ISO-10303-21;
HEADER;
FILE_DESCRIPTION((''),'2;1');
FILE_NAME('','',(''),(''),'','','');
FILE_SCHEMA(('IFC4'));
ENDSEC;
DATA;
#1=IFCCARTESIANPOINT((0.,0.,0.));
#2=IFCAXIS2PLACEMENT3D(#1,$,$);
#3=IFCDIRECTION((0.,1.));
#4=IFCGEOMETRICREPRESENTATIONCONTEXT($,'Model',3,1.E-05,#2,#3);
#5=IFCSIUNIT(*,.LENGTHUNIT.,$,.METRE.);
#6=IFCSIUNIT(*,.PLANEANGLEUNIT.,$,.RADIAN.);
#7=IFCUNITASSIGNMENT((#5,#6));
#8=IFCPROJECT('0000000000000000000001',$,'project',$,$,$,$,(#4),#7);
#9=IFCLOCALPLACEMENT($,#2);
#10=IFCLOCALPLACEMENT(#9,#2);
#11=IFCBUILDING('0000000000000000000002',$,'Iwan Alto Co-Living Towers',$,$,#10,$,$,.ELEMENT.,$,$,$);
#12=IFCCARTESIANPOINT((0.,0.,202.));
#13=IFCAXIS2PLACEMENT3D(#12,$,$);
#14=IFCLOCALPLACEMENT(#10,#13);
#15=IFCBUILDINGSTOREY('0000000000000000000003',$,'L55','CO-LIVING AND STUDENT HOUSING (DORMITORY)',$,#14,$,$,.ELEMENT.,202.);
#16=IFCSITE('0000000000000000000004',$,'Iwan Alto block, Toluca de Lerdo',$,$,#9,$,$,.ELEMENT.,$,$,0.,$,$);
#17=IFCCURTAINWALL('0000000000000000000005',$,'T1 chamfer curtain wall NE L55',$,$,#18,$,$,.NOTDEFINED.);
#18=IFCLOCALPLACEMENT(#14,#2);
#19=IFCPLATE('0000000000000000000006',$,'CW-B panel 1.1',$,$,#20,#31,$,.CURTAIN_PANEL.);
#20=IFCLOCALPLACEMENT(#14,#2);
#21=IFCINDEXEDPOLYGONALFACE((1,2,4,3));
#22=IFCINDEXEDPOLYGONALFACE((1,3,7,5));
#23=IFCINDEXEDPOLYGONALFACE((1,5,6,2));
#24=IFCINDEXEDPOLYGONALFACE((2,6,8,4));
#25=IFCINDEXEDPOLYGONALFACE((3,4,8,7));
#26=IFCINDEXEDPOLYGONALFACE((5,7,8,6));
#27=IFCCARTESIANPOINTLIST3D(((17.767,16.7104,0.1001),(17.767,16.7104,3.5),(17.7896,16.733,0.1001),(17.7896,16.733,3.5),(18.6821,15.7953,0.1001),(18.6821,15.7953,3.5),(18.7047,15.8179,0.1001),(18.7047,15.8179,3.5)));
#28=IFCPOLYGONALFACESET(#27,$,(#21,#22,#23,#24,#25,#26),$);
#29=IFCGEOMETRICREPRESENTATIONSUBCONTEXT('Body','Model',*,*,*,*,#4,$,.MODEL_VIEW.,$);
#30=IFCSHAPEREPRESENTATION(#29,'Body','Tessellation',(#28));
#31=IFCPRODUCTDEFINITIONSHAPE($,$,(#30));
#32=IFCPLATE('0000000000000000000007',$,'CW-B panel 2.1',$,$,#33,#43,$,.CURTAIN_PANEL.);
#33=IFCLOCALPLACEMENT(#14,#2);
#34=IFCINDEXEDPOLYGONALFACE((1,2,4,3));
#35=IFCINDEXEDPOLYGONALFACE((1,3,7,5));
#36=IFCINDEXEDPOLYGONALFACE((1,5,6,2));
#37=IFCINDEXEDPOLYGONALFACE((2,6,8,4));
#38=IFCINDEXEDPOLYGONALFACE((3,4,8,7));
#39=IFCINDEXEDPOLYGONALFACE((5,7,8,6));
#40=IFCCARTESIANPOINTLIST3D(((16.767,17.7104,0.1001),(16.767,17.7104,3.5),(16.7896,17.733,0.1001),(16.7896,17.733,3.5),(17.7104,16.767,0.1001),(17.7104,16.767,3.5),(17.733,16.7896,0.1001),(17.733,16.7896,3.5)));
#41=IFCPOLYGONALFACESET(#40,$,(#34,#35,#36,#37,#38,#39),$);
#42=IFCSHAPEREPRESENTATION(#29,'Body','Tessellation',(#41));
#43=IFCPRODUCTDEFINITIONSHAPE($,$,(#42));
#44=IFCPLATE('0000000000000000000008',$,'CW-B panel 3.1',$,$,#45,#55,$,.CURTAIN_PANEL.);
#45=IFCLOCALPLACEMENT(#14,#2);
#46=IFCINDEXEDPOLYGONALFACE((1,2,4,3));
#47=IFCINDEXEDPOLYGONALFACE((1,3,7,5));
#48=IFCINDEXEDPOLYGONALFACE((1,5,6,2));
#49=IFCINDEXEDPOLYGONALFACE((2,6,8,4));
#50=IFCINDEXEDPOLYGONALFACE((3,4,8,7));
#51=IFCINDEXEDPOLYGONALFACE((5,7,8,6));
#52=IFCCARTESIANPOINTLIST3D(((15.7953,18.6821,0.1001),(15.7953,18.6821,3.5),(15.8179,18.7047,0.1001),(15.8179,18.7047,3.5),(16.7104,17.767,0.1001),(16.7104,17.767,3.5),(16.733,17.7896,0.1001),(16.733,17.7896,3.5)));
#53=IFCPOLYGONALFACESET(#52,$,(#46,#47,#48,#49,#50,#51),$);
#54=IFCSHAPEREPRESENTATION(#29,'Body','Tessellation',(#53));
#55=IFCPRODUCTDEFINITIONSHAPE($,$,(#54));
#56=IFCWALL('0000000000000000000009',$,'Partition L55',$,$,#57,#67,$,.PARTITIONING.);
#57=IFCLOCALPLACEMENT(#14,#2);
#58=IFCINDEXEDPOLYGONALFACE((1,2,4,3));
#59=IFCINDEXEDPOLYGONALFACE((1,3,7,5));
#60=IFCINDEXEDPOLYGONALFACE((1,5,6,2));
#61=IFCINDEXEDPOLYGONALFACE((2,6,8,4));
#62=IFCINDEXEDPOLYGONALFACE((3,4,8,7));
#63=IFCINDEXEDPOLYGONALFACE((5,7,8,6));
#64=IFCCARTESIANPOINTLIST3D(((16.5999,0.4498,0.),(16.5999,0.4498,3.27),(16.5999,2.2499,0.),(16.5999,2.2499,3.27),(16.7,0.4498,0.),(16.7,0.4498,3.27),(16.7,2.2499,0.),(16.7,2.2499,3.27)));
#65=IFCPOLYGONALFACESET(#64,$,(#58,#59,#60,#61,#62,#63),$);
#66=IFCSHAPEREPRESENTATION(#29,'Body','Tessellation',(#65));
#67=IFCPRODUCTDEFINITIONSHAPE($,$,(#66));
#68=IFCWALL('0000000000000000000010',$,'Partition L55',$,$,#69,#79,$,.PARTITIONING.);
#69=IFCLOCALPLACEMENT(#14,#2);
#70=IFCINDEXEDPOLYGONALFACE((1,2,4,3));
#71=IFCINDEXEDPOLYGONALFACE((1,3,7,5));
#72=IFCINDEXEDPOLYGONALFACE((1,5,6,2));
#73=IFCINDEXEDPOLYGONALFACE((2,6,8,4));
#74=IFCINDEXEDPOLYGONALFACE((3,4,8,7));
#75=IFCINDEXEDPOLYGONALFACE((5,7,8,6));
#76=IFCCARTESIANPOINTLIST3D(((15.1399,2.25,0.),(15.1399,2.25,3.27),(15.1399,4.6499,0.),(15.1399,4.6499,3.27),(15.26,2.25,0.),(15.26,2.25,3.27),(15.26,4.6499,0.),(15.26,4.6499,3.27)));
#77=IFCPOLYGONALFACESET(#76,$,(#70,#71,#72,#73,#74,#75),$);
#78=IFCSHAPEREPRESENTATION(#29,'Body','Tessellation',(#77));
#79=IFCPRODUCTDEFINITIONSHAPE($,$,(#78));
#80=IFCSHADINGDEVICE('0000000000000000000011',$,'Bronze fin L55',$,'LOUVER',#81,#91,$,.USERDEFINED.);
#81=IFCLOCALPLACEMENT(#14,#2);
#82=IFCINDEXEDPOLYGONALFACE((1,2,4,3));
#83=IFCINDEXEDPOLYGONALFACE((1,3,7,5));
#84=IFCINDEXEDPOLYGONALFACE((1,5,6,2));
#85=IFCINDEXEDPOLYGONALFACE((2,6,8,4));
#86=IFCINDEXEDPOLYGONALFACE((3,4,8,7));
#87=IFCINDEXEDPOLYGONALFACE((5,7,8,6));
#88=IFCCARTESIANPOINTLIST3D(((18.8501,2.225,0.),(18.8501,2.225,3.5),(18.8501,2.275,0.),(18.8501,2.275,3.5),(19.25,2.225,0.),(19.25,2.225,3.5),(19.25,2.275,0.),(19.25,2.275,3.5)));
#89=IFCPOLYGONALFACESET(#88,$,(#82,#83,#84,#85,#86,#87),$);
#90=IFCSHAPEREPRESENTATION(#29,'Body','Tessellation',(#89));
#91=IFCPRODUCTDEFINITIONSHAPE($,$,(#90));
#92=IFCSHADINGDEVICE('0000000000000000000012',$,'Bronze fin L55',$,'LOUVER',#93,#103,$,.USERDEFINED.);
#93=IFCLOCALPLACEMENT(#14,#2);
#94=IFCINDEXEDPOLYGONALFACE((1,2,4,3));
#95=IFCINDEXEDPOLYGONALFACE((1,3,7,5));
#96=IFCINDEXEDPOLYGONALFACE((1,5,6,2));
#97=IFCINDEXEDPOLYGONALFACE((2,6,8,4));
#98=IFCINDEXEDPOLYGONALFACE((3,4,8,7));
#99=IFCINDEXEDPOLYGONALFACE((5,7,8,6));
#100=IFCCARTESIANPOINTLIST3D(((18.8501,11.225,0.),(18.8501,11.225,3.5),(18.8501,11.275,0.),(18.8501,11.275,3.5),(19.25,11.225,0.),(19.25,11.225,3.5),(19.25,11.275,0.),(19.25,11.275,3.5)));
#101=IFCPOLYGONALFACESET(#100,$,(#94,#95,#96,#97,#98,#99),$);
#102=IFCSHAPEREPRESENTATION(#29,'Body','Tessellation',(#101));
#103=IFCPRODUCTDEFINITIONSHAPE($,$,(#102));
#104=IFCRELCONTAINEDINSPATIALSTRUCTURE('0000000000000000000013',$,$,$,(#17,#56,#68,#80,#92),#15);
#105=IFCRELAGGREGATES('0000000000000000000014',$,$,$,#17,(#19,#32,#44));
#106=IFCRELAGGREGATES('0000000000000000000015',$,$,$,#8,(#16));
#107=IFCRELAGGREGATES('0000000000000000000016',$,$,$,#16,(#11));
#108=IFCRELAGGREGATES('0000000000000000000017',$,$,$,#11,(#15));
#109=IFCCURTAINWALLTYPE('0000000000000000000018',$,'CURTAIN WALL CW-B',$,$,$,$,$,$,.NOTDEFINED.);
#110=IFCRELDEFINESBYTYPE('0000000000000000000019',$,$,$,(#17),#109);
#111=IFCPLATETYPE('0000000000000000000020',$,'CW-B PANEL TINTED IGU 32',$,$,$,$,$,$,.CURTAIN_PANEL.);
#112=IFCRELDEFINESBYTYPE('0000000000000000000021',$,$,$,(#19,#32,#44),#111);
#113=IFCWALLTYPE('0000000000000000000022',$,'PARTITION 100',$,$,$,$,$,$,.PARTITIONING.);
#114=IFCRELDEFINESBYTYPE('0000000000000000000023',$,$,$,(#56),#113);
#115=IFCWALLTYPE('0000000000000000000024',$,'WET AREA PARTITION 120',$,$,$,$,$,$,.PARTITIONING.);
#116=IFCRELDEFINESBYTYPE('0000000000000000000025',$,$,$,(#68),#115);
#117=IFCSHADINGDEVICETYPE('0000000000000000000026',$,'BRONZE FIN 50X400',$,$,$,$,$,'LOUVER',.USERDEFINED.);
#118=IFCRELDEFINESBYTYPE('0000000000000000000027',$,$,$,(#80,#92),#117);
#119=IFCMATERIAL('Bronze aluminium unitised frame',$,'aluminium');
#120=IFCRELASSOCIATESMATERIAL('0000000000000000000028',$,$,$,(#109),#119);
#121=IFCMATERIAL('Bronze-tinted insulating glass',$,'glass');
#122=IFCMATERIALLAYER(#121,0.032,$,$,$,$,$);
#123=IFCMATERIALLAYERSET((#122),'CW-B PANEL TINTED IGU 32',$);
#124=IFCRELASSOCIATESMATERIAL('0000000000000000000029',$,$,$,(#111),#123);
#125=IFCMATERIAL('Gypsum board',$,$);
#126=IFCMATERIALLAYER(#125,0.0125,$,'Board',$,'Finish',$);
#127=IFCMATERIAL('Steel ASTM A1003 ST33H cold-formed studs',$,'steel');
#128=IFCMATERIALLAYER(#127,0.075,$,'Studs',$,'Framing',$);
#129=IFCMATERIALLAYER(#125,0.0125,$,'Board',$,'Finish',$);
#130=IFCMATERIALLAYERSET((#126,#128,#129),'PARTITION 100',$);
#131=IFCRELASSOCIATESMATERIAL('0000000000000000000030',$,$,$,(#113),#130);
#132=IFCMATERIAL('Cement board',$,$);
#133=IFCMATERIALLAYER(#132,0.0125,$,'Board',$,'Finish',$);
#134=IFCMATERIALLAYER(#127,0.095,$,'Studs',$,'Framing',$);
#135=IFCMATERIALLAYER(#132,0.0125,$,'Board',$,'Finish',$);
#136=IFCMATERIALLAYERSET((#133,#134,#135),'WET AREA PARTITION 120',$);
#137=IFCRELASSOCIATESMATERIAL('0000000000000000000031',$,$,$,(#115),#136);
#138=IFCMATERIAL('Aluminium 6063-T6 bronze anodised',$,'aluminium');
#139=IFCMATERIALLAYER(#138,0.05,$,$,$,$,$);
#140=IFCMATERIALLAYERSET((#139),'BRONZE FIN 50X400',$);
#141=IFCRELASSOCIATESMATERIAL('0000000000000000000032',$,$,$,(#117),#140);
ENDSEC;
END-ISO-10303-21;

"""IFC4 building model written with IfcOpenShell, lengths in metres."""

from ifc_helpers import new_model, si_unit, direction, frame, frame_2d, origin, origin_2d, place, context, subcontext, project, spatial, rectangle, extrude, material, layer, layer_set, type_object, element, aggregate, save


model = new_model("IFC4")

# Units and contexts
model_context = context("Model", 3, precision=1e-05, world=origin(), true_north=direction((0.0, 1.0)))
body_context = subcontext(model_context, "Body", "Model", "MODEL_VIEW")
ifc_project = project(units=[si_unit("LENGTHUNIT", "METRE"), si_unit("PLANEANGLEUNIT", "RADIAN")], contexts=[model_context])

# Site, building, storey
site_placement = place(None, origin())
site = spatial("IfcSite", under=ifc_project, at=site_placement, Name="Iwan Alto block, Toluca de Lerdo", CompositionType="ELEMENT", RefElevation=0.0)
building_placement = place(site_placement, origin())
building = spatial("IfcBuilding", under=site, at=building_placement, Name="Iwan Alto Co-Living Towers", CompositionType="ELEMENT")
storey_placement = place(building_placement, frame((0.0, 0.0, 202.0)))
storey = spatial("IfcBuildingStorey", under=building, at=storey_placement, Name="L55", Description="CO-LIVING AND STUDENT HOUSING (DORMITORY)", CompositionType="ELEMENT", Elevation=202.0)

# Curtain wall
ifc_material_1 = material(Name="Bronze aluminium unitised frame", Category="aluminium")
curtain_wall_type_1 = type_object("IfcCurtainWallType", Name="CURTAIN WALL CW-B", PredefinedType="NOTDEFINED", material=ifc_material_1)
curtain_wall_1_placement = place(storey_placement, origin())
curtain_wall_1 = element("IfcCurtainWall", 1, at=curtain_wall_1_placement, inside=storey, type_object=curtain_wall_type_1, Name="T1 chamfer curtain wall NE L55", PredefinedType="NOTDEFINED")

# Plates
ifc_material_2 = material(Name="Bronze-tinted insulating glass", Category="glass")
ifc_layer_1 = layer(ifc_material_2, 0.032)
ifc_layer_set_1 = layer_set([ifc_layer_1], Name="CW-B PANEL TINTED IGU 32")
plate_type_1 = type_object("IfcPlateType", Name="CW-B PANEL TINTED IGU 32", PredefinedType="CURTAIN_PANEL", material=ifc_layer_set_1)
plate_1_placement = place(storey_placement, frame((18.2358, 16.2642, 0.1001), z_axis=(0.0, 0.0, 1.0), x_axis=(-0.707107, 0.707107, 0.0)))
plate_1 = element("IfcPlate", 2, at=plate_1_placement, type_object=plate_type_1, Name="CW-B panel 1.1", PredefinedType="CURTAIN_PANEL", context=body_context, shape_type="SweptSolid", body=[
    extrude(rectangle(XDim=1.2942, YDim=0.032, at=origin_2d()), origin(), (0.0, 0.0, 1.0), 3.3999),
])
plate_2_placement = place(storey_placement, frame((17.25, 17.25, 0.1001), z_axis=(0.0, 0.0, 1.0), x_axis=(-0.707107, 0.707107, 0.0)))
plate_2 = element("IfcPlate", 3, at=plate_2_placement, type_object=plate_type_1, Name="CW-B panel 2.1", PredefinedType="CURTAIN_PANEL", context=body_context, shape_type="SweptSolid", body=[
    extrude(rectangle(XDim=1.3342, YDim=0.032, at=origin_2d()), origin(), (0.0, 0.0, 1.0), 3.3999),
])
plate_3_placement = place(storey_placement, frame((16.2642, 18.2358, 0.1001), z_axis=(0.0, 0.0, 1.0), x_axis=(-0.707107, 0.707107, 0.0)))
plate_3 = element("IfcPlate", 4, at=plate_3_placement, type_object=plate_type_1, Name="CW-B panel 3.1", PredefinedType="CURTAIN_PANEL", context=body_context, shape_type="SweptSolid", body=[
    extrude(rectangle(XDim=1.2942, YDim=0.032, at=origin_2d()), origin(), (0.0, 0.0, 1.0), 3.3999),
])
aggregate(curtain_wall_1, [plate_1, plate_2, plate_3])

# Walls
ifc_material_3 = material(Name="Gypsum board")
ifc_layer_2 = layer(ifc_material_3, 0.0125, Name="Board", Category="Finish")
ifc_material_4 = material(Name="Steel ASTM A1003 ST33H cold-formed studs", Category="steel")
ifc_layer_3 = layer(ifc_material_4, 0.075, Name="Studs", Category="Framing")
ifc_layer_4 = layer(ifc_material_3, 0.0125, Name="Board", Category="Finish")
ifc_layer_set_2 = layer_set([ifc_layer_2, ifc_layer_3, ifc_layer_4], Name="PARTITION 100")
wall_type_1 = type_object("IfcWallType", Name="PARTITION 100", PredefinedType="PARTITIONING", material=ifc_layer_set_2)
wall_1_placement = place(storey_placement, frame((16.6499, 0.45, 0.0), z_axis=(0.0, 0.0, 1.0), x_axis=(0.0, 1.0, 0.0)))
element("IfcWall", 5, at=wall_1_placement, inside=storey, type_object=wall_type_1, Name="Partition L55", PredefinedType="PARTITIONING", context=body_context, shape_type="SweptSolid", body=[
    extrude(rectangle(XDim=1.8, YDim=0.1001, at=frame_2d((0.8999, 0.0))), origin(), (0.0, 0.0, 1.0), 3.27),
])
ifc_material_5 = material(Name="Cement board")
ifc_layer_5 = layer(ifc_material_5, 0.0125, Name="Board", Category="Finish")
ifc_layer_6 = layer(ifc_material_4, 0.095, Name="Studs", Category="Framing")
ifc_layer_7 = layer(ifc_material_5, 0.0125, Name="Board", Category="Finish")
ifc_layer_set_3 = layer_set([ifc_layer_5, ifc_layer_6, ifc_layer_7], Name="WET AREA PARTITION 120")
wall_type_2 = type_object("IfcWallType", Name="WET AREA PARTITION 120", PredefinedType="PARTITIONING", material=ifc_layer_set_3)
wall_2_placement = place(storey_placement, frame((15.2, 2.25, 0.0), z_axis=(0.0, 0.0, 1.0), x_axis=(0.0, 1.0, 0.0)))
element("IfcWall", 6, at=wall_2_placement, inside=storey, type_object=wall_type_2, Name="Partition L55", PredefinedType="PARTITIONING", context=body_context, shape_type="SweptSolid", body=[
    extrude(rectangle(XDim=2.3999, YDim=0.1201, at=frame_2d((1.2, 0.0))), origin(), (0.0, 0.0, 1.0), 3.27),
])

# Shading devices
ifc_material_6 = material(Name="Aluminium 6063-T6 bronze anodised", Category="aluminium")
ifc_layer_8 = layer(ifc_material_6, 0.05)
ifc_layer_set_4 = layer_set([ifc_layer_8], Name="BRONZE FIN 50X400")
shading_device_type = type_object("IfcShadingDeviceType", Name="BRONZE FIN 50X400", ElementType="LOUVER", PredefinedType="USERDEFINED", material=ifc_layer_set_4)
for number, where, z_axis, x_axis, name in (
    (7, (19.05, 2.25, 0.0), (0.0, 0.0, 1.0), (0.0, 1.0, 0.0), "Bronze fin L55"),
    (8, (19.05, 11.25, 0.0), (0.0, 0.0, 1.0), (0.0, 1.0, 0.0), "Bronze fin L55"),
):
    element("IfcShadingDevice", number, at=place(storey_placement, frame(where, z_axis=z_axis, x_axis=x_axis)), inside=storey, type_object=shading_device_type, Name=name, ObjectType="LOUVER", PredefinedType="USERDEFINED", context=body_context, shape_type="SweptSolid", body=[
        extrude(rectangle(XDim=0.05, YDim=0.3999, at=origin_2d()), origin(), (0.0, 0.0, 1.0), 3.5),
    ])

save(model, "model.ifc")
